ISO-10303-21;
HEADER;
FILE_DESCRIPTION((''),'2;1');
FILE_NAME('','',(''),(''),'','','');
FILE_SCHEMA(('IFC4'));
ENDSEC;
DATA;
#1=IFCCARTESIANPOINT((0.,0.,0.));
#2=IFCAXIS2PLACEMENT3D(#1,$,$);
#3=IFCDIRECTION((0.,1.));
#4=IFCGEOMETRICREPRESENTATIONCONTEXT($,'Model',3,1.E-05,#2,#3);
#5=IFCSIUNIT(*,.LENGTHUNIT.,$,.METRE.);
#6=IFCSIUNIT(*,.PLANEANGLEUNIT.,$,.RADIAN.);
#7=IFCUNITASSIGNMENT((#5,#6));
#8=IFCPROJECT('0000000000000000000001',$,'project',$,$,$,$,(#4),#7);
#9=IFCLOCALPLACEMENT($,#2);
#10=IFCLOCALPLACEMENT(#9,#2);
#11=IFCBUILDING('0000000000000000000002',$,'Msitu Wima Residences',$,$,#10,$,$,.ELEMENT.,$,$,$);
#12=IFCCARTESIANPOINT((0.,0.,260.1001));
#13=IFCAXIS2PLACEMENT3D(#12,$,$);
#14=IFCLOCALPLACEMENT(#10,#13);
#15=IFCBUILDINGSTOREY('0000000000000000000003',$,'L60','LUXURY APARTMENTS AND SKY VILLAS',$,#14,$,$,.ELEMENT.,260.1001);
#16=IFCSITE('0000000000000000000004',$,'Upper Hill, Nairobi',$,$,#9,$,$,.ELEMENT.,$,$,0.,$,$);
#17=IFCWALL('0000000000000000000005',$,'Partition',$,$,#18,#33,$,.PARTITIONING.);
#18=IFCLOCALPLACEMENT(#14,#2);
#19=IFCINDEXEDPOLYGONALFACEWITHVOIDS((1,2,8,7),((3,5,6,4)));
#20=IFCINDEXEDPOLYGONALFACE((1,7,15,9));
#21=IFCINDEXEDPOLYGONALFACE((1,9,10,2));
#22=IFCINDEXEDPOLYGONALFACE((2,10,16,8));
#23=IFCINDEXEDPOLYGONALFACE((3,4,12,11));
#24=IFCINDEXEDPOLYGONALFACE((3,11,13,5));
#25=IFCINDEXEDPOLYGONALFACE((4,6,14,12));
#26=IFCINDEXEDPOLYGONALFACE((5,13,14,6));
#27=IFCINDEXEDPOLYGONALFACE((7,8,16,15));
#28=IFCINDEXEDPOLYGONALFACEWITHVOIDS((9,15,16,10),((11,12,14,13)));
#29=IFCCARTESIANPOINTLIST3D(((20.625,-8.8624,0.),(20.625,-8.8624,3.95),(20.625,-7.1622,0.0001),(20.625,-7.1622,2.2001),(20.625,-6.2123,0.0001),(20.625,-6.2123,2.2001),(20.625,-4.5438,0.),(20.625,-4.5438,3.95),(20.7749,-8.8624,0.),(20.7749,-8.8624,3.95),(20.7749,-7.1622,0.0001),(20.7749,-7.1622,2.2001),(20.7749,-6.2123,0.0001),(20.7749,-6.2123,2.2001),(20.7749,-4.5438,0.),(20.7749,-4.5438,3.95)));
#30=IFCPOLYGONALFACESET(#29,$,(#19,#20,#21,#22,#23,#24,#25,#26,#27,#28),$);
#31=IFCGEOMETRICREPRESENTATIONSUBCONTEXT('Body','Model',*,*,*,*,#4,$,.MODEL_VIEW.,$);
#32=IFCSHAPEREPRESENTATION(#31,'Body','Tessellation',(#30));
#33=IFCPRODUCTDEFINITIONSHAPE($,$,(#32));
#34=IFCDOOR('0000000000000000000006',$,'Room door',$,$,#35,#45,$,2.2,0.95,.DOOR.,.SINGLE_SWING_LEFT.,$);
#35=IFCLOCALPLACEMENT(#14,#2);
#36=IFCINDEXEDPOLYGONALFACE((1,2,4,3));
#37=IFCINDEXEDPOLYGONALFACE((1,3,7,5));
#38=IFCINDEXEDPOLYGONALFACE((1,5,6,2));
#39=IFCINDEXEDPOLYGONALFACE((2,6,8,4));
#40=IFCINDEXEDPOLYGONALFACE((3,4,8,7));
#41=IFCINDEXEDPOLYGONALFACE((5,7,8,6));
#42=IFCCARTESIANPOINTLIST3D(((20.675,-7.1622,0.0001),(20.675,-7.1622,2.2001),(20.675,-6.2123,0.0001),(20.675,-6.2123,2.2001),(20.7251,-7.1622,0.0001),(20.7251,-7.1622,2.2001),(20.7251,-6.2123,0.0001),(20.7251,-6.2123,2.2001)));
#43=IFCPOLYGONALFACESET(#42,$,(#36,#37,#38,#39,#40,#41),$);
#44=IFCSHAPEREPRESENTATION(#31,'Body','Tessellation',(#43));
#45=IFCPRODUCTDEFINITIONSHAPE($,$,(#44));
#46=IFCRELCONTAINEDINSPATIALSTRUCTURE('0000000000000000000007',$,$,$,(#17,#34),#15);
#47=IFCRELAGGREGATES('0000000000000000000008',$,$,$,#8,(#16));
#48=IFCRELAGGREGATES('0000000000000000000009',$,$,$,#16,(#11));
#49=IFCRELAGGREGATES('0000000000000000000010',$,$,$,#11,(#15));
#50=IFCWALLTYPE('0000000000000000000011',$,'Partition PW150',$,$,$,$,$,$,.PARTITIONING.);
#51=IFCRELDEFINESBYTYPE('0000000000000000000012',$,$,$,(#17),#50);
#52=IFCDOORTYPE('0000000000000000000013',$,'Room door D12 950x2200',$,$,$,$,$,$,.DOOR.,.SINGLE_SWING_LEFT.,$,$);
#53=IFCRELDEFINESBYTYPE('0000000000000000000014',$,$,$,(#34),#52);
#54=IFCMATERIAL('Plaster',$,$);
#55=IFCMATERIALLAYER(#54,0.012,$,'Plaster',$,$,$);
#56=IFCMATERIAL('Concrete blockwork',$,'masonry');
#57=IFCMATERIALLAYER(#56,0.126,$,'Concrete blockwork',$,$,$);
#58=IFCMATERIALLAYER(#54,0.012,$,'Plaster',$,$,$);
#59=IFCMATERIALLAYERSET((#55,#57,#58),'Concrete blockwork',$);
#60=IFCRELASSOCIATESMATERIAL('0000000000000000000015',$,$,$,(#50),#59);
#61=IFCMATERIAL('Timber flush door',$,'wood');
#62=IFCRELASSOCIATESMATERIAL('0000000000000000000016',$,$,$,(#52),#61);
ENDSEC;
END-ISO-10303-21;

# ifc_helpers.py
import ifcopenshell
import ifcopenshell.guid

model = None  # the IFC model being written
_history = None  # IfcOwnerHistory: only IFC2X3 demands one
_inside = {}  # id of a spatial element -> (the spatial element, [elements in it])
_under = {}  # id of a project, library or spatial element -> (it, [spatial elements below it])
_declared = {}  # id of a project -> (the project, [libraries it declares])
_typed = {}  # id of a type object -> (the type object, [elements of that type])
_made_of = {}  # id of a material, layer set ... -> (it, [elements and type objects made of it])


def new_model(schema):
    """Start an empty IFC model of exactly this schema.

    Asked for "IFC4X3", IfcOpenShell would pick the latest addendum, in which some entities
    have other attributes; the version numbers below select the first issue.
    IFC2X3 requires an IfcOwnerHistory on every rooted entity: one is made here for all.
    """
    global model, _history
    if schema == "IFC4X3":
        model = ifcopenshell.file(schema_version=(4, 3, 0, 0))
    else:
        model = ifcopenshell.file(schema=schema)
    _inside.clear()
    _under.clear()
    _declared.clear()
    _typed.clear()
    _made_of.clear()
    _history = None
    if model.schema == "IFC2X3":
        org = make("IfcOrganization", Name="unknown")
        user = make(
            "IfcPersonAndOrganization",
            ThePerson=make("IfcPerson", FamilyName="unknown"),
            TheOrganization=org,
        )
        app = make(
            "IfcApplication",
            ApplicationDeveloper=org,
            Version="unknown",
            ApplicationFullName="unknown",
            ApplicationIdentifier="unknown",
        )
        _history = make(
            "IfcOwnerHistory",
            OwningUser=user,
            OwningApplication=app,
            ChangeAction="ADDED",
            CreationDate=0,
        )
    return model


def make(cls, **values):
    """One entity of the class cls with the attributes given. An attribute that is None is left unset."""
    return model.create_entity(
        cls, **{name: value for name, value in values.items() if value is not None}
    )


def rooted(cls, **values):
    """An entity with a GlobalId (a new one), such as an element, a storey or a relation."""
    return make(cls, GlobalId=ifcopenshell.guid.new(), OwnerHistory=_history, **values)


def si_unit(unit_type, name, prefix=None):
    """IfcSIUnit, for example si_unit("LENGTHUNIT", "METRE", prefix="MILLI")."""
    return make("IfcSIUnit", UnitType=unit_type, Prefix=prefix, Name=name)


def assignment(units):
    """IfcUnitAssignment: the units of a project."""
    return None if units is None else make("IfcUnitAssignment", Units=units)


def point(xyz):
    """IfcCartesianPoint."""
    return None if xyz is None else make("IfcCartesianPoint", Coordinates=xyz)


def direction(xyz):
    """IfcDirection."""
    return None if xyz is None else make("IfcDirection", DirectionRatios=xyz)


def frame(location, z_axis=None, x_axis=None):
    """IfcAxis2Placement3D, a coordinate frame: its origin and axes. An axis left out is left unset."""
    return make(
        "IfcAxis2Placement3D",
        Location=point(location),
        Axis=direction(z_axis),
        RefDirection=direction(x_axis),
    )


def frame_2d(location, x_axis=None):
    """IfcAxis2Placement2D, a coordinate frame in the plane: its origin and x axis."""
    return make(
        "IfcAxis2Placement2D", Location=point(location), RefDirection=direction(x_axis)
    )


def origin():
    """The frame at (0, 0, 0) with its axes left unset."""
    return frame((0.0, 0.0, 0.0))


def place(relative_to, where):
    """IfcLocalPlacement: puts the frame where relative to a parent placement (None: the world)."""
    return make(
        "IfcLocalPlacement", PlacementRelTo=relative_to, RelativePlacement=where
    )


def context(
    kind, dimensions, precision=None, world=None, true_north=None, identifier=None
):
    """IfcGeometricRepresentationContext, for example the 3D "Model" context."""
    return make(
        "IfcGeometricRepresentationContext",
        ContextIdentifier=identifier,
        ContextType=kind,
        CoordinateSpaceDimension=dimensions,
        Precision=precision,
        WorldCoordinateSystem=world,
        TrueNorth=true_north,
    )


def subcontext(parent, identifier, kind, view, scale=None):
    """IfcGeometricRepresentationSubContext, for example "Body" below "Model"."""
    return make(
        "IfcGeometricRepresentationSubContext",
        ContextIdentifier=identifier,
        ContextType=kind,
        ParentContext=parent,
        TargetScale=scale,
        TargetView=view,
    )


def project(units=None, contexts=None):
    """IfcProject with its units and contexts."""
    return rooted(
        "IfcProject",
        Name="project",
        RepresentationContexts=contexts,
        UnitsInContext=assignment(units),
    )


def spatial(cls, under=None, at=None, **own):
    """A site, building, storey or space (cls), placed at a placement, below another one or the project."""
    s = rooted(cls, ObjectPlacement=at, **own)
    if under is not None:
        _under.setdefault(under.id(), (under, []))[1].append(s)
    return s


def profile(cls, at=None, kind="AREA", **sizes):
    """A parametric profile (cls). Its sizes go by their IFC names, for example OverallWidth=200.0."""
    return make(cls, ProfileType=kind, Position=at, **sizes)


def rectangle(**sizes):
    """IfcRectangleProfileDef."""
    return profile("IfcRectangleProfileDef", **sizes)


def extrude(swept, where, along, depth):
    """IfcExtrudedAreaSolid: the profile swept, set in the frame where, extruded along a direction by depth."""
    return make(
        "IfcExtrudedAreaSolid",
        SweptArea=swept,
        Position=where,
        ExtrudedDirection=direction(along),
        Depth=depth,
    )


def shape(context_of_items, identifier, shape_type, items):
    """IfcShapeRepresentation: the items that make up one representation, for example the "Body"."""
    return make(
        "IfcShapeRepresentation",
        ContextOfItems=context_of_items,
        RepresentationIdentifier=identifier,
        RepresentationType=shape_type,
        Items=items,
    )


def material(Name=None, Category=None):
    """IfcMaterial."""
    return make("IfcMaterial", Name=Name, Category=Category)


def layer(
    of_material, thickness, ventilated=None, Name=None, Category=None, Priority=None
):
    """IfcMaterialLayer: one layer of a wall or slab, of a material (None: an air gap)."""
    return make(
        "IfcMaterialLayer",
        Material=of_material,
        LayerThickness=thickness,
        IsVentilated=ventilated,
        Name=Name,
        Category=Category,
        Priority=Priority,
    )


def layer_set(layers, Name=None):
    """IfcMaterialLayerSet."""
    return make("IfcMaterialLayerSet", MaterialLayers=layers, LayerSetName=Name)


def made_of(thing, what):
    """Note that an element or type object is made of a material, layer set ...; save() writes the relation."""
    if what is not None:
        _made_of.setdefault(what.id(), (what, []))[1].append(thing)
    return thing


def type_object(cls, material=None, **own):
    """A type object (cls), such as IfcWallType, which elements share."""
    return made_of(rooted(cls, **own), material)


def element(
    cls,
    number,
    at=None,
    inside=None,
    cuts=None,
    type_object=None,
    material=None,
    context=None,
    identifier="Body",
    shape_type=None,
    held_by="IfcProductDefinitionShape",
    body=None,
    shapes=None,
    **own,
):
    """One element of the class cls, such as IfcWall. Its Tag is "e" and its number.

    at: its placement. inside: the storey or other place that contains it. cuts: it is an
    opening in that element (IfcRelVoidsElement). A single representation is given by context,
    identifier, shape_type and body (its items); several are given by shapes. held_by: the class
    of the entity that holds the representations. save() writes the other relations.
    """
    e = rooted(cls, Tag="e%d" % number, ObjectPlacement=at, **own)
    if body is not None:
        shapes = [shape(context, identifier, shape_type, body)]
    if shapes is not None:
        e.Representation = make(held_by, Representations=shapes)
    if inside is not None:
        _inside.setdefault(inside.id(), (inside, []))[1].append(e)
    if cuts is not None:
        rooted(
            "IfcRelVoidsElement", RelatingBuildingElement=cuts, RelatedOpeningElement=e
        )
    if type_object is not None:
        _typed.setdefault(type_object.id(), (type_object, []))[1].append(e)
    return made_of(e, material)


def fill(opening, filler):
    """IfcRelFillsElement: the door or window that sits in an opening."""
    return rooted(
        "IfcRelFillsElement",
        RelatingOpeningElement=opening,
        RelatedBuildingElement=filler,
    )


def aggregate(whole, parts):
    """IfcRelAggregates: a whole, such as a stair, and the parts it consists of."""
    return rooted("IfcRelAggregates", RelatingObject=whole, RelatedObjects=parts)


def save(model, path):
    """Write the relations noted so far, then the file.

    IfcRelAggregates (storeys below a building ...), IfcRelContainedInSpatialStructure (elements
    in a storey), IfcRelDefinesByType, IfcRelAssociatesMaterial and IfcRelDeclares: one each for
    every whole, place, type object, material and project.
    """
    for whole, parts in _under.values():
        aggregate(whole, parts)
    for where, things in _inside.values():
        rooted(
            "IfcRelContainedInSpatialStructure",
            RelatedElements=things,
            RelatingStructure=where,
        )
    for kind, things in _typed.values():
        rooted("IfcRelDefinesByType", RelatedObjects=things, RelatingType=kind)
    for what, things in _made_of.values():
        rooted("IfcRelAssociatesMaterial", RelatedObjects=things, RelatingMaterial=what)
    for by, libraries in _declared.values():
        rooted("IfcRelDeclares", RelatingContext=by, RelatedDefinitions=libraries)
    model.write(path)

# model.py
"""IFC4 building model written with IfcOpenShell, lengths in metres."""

from ifc_helpers import new_model, si_unit, direction, frame, frame_2d, origin, place, context, subcontext, project, spatial, rectangle, extrude, material, layer, layer_set, type_object, element, fill, save


model = new_model("IFC4")

# Units and contexts
model_context = context("Model", 3, precision=1e-05, world=origin(), true_north=direction((0.0, 1.0)))
body_context = subcontext(model_context, "Body", "Model", "MODEL_VIEW")
ifc_project = project(units=[si_unit("LENGTHUNIT", "METRE"), si_unit("PLANEANGLEUNIT", "RADIAN")], contexts=[model_context])

# Site, building, storey
site_placement = place(None, origin())
site = spatial("IfcSite", under=ifc_project, at=site_placement, Name="Upper Hill, Nairobi", CompositionType="ELEMENT", RefElevation=0.0)
building_placement = place(site_placement, origin())
building = spatial("IfcBuilding", under=site, at=building_placement, Name="Msitu Wima Residences", CompositionType="ELEMENT")
storey_placement = place(building_placement, frame((0.0, 0.0, 260.1001)))
storey = spatial("IfcBuildingStorey", under=building, at=storey_placement, Name="L60", Description="LUXURY APARTMENTS AND SKY VILLAS", CompositionType="ELEMENT", Elevation=260.1001)

# Shared definitions
ifc_material_1 = material(Name="Plaster")
ifc_layer_1 = layer(ifc_material_1, 0.012, Name="Plaster")
ifc_material_2 = material(Name="Concrete blockwork", Category="masonry")
ifc_layer_2 = layer(ifc_material_2, 0.126, Name="Concrete blockwork")
ifc_layer_3 = layer(ifc_material_1, 0.012, Name="Plaster")
ifc_layer_set_1 = layer_set([ifc_layer_1, ifc_layer_2, ifc_layer_3], Name="Concrete blockwork")
wall_type_1 = type_object("IfcWallType", Name="Partition PW150", PredefinedType="PARTITIONING", material=ifc_layer_set_1)
ifc_material_3 = material(Name="Timber flush door", Category="wood")
door_type_1 = type_object("IfcDoorType", Name="Room door D12 950x2200", OperationType="SINGLE_SWING_LEFT", PredefinedType="DOOR", material=ifc_material_3)

# Wall, opening, door
wall_1_placement = place(storey_placement, frame((20.7, -8.8623, 0.0), z_axis=(0.0, 0.0, 1.0), x_axis=(0.0, 1.0, 0.0)))
wall_1 = element("IfcWall", 1, at=wall_1_placement, inside=storey, type_object=wall_type_1, Name="Partition", PredefinedType="PARTITIONING", context=body_context, shape_type="SweptSolid", body=[
    extrude(rectangle(XDim=4.3186, YDim=0.1499, at=frame_2d((2.1592, 0.0))), origin(), (0.0, 0.0, 1.0), 3.95),
])
opening_1_placement = place(wall_1_placement, frame((1.7, 0.0, 0.0)))
opening_1 = element("IfcOpeningElement", 2, at=opening_1_placement, cuts=wall_1, PredefinedType="OPENING", context=body_context, shape_type="SweptSolid", body=[
    extrude(rectangle(XDim=0.95, YDim=2.2, at=frame_2d((0.4751, 1.1001))), frame((0.0, 0.085, 0.0), z_axis=(0.0, -1.0, 0.0), x_axis=(1.0, 0.0, 0.0)), (0.0, 0.0, 1.0), 0.1699),
])
door_1_placement = place(opening_1_placement, origin())
door_1 = element("IfcDoor", 3, at=door_1_placement, inside=storey, type_object=door_type_1, Name="Room door", OperationType="SINGLE_SWING_LEFT", OverallHeight=2.2, OverallWidth=0.95, PredefinedType="DOOR", context=body_context, shape_type="SweptSolid", body=[
    extrude(rectangle(XDim=0.95, YDim=2.2, at=frame_2d((0.4751, 1.1001))), frame((0.0, 0.0249, 0.0), z_axis=(0.0, -1.0, 0.0), x_axis=(1.0, 0.0, 0.0)), (0.0, 0.0, 1.0), 0.05),
])
fill(opening_1, door_1)

save(model, "model.ifc")
